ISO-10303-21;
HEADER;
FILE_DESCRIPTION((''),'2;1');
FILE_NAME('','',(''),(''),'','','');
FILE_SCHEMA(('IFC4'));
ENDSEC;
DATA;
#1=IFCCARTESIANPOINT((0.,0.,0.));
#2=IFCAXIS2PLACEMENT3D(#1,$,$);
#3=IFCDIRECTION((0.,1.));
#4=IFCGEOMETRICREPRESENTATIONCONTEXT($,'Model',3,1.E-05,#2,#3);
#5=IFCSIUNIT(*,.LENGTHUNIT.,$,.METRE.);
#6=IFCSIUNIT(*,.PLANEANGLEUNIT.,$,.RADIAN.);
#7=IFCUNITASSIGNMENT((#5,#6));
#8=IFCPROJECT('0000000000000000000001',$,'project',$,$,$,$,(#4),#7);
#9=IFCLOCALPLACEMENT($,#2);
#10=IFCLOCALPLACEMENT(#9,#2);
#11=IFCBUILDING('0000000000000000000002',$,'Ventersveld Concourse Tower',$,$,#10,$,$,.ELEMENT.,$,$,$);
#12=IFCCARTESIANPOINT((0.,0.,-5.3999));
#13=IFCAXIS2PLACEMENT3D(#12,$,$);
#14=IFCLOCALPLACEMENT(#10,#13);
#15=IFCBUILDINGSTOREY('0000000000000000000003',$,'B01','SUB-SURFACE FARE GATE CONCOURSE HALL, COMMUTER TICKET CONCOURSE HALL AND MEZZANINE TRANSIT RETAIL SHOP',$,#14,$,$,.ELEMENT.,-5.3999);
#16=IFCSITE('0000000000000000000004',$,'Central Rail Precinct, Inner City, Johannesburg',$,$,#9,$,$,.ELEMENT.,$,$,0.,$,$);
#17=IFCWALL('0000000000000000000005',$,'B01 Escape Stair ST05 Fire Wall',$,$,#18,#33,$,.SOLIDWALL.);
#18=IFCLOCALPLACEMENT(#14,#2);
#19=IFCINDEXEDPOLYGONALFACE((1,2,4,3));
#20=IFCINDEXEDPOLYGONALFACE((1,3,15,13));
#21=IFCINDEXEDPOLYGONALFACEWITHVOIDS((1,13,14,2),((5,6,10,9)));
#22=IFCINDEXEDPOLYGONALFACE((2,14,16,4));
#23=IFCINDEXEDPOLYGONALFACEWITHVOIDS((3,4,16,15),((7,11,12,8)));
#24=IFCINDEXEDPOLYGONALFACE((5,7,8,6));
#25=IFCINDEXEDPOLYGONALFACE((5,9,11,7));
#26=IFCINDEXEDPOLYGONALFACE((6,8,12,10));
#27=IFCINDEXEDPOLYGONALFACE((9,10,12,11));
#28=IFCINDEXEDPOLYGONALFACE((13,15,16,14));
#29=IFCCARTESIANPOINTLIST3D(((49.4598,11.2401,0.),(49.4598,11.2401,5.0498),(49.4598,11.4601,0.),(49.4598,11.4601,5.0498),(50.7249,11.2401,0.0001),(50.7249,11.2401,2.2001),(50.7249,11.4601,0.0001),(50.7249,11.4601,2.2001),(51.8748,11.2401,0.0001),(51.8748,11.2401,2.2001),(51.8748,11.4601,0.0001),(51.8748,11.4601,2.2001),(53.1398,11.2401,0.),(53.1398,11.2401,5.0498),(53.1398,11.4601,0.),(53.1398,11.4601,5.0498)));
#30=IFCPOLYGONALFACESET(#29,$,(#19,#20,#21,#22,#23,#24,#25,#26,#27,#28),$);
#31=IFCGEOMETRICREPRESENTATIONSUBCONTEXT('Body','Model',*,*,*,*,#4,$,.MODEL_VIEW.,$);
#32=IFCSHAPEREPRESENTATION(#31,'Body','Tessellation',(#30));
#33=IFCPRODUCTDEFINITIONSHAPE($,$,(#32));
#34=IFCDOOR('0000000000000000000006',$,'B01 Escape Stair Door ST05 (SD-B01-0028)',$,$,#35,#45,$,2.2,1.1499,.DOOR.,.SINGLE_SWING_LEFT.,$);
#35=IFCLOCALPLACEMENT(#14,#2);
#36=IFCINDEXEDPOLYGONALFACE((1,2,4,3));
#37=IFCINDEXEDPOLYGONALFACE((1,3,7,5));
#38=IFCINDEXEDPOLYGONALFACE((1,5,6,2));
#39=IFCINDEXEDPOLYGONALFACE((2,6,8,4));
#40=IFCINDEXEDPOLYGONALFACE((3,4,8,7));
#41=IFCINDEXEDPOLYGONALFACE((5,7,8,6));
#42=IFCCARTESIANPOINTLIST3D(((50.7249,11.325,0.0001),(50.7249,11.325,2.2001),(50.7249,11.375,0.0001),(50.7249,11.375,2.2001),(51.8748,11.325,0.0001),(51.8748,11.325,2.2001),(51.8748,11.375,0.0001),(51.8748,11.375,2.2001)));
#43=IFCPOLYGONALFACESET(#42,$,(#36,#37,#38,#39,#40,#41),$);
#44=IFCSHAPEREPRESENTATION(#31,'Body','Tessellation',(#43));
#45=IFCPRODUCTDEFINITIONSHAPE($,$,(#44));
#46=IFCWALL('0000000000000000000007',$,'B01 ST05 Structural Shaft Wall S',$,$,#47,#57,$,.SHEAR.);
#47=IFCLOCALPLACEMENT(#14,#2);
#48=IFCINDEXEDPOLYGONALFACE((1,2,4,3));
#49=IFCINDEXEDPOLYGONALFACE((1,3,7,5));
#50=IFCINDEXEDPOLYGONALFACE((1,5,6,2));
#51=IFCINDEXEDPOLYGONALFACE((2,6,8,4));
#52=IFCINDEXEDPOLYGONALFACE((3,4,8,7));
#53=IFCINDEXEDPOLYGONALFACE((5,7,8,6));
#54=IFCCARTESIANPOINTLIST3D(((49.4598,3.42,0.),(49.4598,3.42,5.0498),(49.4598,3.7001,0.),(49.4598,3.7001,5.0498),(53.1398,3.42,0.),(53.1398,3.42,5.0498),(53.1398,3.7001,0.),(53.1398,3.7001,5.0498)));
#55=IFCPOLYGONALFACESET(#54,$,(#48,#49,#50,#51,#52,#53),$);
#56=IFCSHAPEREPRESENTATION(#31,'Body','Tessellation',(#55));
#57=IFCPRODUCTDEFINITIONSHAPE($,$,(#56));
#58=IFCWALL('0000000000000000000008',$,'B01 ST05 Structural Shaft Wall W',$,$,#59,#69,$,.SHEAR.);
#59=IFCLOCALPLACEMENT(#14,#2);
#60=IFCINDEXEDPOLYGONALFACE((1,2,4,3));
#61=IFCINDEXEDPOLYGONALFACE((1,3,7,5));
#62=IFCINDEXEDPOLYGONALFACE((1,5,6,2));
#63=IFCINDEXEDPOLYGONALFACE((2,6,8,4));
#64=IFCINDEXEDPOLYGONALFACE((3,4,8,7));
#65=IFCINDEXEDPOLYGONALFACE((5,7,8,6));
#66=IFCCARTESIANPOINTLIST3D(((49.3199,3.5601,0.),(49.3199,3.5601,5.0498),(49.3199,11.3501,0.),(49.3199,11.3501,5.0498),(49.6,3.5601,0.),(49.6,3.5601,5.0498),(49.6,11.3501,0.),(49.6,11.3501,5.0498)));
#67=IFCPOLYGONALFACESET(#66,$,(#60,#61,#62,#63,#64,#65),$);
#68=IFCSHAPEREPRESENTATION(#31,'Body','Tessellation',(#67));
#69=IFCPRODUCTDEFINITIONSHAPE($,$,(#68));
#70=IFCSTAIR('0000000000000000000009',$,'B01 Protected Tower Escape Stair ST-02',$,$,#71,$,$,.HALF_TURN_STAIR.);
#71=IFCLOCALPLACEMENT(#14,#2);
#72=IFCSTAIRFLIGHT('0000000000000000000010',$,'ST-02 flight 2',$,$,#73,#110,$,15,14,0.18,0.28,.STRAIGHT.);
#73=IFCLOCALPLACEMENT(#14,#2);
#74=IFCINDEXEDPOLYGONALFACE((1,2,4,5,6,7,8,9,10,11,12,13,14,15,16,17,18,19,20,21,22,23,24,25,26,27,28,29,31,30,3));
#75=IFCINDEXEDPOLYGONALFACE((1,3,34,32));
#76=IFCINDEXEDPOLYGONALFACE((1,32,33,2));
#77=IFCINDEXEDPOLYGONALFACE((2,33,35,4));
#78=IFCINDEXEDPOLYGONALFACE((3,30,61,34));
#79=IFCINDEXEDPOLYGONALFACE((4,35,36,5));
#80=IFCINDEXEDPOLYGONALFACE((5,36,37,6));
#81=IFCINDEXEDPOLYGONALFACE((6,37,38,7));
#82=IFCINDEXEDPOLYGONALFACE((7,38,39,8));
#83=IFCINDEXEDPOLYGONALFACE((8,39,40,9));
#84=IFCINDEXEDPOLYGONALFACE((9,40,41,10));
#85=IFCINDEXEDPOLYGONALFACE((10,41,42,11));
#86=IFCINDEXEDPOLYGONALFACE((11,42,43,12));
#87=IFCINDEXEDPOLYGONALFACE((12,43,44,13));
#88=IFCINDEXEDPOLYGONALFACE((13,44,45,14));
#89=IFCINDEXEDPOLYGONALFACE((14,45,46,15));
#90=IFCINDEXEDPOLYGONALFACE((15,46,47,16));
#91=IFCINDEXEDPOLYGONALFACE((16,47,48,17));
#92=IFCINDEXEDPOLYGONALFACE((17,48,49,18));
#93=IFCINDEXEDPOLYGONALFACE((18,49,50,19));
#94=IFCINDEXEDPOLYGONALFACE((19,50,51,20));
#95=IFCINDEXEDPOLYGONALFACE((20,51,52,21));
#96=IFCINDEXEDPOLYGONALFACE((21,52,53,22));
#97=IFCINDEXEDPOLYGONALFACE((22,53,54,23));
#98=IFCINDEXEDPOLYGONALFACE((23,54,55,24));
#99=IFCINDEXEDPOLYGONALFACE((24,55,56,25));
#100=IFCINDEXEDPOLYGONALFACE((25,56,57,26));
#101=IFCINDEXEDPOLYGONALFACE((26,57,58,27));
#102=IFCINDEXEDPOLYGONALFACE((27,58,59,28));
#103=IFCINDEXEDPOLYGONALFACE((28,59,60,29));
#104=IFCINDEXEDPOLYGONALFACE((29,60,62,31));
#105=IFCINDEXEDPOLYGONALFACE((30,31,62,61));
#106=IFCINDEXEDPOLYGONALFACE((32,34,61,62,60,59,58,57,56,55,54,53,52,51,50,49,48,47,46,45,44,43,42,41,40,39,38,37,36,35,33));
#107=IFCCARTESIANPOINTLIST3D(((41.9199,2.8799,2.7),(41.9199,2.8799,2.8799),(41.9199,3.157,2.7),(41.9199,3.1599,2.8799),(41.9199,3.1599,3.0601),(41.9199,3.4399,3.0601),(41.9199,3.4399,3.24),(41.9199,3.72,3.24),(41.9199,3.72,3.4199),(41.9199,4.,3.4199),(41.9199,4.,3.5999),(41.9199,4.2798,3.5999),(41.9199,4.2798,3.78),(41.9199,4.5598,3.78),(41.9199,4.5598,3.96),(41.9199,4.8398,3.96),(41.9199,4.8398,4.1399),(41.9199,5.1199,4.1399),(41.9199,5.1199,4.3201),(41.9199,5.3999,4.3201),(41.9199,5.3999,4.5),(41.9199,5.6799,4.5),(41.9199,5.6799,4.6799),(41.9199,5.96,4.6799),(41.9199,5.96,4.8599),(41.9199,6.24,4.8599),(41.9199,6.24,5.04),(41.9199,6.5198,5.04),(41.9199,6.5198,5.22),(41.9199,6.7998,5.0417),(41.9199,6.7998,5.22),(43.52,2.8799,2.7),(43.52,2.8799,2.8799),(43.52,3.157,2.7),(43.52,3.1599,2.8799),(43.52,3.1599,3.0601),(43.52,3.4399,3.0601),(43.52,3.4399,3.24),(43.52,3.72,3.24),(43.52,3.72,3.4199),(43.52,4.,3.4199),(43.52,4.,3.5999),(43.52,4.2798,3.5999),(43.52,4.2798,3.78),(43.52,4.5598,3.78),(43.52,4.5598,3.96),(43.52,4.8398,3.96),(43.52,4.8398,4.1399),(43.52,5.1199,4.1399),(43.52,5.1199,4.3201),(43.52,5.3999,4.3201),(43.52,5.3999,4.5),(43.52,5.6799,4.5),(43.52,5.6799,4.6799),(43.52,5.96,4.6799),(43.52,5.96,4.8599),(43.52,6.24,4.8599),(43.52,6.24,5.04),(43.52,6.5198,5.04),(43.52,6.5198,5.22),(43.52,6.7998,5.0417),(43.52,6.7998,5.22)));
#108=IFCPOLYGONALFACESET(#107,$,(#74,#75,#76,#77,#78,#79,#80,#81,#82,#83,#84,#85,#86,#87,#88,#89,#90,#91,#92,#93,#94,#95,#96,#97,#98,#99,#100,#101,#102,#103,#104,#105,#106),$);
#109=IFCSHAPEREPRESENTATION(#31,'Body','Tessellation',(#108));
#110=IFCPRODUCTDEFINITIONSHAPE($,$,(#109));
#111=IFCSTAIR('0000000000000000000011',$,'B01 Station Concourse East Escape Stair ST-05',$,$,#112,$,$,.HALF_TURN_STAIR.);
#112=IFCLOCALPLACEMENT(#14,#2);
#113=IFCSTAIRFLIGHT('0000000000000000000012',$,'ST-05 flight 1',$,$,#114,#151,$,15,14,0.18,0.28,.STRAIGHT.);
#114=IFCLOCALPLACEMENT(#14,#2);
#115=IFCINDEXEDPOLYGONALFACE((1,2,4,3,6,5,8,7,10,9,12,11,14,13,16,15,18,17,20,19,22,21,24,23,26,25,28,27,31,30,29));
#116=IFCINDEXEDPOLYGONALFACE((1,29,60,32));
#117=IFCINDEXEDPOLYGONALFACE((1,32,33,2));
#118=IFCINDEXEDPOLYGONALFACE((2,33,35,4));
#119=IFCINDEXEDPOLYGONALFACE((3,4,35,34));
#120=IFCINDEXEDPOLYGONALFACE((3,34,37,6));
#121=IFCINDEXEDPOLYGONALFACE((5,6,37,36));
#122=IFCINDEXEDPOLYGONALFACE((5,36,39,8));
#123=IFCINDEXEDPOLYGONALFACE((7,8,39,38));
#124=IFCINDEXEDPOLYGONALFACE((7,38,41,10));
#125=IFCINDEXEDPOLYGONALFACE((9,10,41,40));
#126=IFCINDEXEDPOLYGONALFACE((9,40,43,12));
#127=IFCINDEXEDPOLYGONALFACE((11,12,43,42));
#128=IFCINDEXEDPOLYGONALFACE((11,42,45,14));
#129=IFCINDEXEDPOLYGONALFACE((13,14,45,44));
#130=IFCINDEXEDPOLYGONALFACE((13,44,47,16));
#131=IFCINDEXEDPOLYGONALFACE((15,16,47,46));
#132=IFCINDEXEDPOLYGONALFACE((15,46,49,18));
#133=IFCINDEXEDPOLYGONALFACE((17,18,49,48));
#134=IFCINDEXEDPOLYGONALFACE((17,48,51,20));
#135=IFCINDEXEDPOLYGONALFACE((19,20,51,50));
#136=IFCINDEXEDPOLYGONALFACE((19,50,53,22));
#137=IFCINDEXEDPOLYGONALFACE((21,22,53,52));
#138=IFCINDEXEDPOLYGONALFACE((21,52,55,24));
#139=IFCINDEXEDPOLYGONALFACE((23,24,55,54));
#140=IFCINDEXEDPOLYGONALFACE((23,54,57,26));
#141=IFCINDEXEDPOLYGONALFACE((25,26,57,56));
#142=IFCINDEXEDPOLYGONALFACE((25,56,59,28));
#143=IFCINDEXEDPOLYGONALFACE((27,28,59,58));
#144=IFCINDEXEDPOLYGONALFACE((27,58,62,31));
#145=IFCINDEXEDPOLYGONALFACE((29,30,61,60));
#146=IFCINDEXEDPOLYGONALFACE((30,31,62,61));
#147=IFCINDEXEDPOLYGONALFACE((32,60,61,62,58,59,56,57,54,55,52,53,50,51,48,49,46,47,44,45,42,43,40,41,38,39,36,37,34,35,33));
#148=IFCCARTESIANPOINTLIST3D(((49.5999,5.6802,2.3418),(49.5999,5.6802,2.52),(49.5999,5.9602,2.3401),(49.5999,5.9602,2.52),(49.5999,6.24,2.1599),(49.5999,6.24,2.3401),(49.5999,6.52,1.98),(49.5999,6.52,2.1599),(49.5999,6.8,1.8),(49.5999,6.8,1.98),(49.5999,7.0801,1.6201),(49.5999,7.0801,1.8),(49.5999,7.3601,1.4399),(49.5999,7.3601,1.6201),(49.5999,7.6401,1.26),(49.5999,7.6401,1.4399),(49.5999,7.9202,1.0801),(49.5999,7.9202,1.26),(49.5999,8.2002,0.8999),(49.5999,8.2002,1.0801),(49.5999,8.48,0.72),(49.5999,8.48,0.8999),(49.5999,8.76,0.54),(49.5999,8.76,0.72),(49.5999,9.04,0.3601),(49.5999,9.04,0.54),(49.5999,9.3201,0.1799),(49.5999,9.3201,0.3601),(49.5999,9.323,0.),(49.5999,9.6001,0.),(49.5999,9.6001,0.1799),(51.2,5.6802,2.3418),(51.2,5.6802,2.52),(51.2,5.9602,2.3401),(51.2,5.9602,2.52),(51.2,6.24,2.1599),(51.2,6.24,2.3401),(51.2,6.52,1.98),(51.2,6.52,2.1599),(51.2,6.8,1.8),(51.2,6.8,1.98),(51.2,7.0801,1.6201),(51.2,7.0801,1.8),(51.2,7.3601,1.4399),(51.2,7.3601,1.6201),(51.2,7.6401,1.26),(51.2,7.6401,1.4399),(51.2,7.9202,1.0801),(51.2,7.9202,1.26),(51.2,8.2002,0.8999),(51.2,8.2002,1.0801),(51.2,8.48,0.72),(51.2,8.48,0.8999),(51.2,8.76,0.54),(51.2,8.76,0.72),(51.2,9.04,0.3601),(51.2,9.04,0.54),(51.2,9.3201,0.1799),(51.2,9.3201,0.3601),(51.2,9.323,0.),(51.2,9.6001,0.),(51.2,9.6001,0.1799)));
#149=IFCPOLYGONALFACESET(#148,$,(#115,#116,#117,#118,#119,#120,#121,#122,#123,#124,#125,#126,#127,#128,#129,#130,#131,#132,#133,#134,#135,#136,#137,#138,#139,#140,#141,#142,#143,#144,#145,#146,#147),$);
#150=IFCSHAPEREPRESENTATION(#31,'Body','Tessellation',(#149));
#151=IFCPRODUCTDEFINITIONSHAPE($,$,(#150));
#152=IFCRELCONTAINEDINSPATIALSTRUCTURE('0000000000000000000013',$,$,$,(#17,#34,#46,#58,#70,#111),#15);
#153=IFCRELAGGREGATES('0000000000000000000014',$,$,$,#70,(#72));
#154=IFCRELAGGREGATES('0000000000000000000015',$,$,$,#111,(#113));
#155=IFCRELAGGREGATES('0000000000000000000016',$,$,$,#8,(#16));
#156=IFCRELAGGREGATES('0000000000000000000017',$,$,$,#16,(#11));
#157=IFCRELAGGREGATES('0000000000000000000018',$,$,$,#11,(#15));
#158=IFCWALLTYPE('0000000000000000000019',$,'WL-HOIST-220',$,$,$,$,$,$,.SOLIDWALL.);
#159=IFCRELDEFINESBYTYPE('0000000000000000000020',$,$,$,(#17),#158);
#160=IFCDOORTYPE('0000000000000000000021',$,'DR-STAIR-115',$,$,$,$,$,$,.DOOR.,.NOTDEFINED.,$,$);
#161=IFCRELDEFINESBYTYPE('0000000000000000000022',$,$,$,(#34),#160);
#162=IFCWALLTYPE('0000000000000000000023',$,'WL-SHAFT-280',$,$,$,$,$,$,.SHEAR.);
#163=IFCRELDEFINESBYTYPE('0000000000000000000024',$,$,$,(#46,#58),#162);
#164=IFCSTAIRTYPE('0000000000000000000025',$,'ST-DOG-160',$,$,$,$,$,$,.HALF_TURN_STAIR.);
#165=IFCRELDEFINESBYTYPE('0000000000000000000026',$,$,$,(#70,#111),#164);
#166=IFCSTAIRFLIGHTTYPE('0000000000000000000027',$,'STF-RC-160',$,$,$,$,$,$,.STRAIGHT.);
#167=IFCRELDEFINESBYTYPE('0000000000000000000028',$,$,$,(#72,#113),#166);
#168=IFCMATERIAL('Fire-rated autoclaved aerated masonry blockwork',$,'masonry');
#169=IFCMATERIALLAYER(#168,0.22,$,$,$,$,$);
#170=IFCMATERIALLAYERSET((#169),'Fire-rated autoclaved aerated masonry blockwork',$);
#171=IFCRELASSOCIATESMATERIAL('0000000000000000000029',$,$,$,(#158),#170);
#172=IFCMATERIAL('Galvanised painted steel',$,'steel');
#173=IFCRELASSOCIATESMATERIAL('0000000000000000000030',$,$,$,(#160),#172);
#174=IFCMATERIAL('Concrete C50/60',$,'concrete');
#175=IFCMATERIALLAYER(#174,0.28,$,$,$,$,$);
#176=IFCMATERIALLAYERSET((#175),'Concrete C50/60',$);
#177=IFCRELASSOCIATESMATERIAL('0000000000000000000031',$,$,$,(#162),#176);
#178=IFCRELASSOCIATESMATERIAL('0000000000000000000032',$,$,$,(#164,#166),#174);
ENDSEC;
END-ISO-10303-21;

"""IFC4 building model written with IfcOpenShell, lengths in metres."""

from ifc_helpers import new_model, si_unit, direction, frame, frame_2d, origin, place, context, subcontext, project, spatial, polyline, rectangle, outline, extrude, material, layer, layer_set, type_object, element, fill, aggregate, save


model = new_model("IFC4")

# Units and contexts
model_context = context("Model", 3, precision=1e-05, world=origin(), true_north=direction((0.0, 1.0)))
body_context = subcontext(model_context, "Body", "Model", "MODEL_VIEW")
ifc_project = project(units=[si_unit("LENGTHUNIT", "METRE"), si_unit("PLANEANGLEUNIT", "RADIAN")], contexts=[model_context])

# Site, building, storey
site_placement = place(None, origin())
site = spatial("IfcSite", under=ifc_project, at=site_placement, Name="Central Rail Precinct, Inner City, Johannesburg", CompositionType="ELEMENT", RefElevation=0.0)
building_placement = place(site_placement, origin())
building = spatial("IfcBuilding", under=site, at=building_placement, Name="Ventersveld Concourse Tower", CompositionType="ELEMENT")
storey_placement = place(building_placement, frame((0.0, 0.0, -5.3999)))
storey = spatial("IfcBuildingStorey", under=building, at=storey_placement, Name="B01", Description="SUB-SURFACE FARE GATE CONCOURSE HALL, COMMUTER TICKET CONCOURSE HALL AND MEZZANINE TRANSIT RETAIL SHOP", CompositionType="ELEMENT", Elevation=-5.3999)

# Shared definitions
ifc_material_1 = material(Name="Concrete C50/60", Category="concrete")

# Wall, opening, door
ifc_material_2 = material(Name="Fire-rated autoclaved aerated masonry blockwork", Category="masonry")
ifc_layer_1 = layer(ifc_material_2, 0.22)
ifc_layer_set_1 = layer_set([ifc_layer_1], Name="Fire-rated autoclaved aerated masonry blockwork")
wall_type_1 = type_object("IfcWallType", Name="WL-HOIST-220", PredefinedType="SOLIDWALL", material=ifc_layer_set_1)
wall_1_placement = place(storey_placement, frame((49.46, 11.3501, 0.0), z_axis=(0.0, 0.0, 1.0), x_axis=(1.0, 0.0, 0.0)))
wall_1 = element("IfcWall", 1, at=wall_1_placement, inside=storey, type_object=wall_type_1, Name="B01 Escape Stair ST05 Fire Wall", PredefinedType="SOLIDWALL", context=body_context, shape_type="SweptSolid", body=[
    extrude(rectangle(XDim=3.6799, YDim=0.22, at=frame_2d((1.8398, 0.0))), origin(), (0.0, 0.0, 1.0), 5.0498),
])
opening_placement = place(wall_1_placement, frame((1.2649, 0.0, 0.0)))
opening = element("IfcOpeningElement", 2, at=opening_placement, cuts=wall_1, PredefinedType="OPENING", context=body_context, shape_type="SweptSolid", body=[
    extrude(rectangle(XDim=1.1499, YDim=2.2, at=frame_2d((0.575, 1.1001))), frame((0.0, 0.1201, 0.0), z_axis=(0.0, -1.0, 0.0), x_axis=(1.0, 0.0, 0.0)), (0.0, 0.0, 1.0), 0.24),
])
ifc_material_3 = material(Name="Galvanised painted steel", Category="steel")
door_type = type_object("IfcDoorType", Name="DR-STAIR-115", OperationType="NOTDEFINED", PredefinedType="DOOR", material=ifc_material_3)
door_placement = place(opening_placement, origin())
door = element("IfcDoor", 3, at=door_placement, inside=storey, type_object=door_type, Name="B01 Escape Stair Door ST05 (SD-B01-0028)", OperationType="SINGLE_SWING_LEFT", OverallHeight=2.2, OverallWidth=1.1499, PredefinedType="DOOR", context=body_context, shape_type="SweptSolid", body=[
    extrude(rectangle(XDim=1.1499, YDim=2.2, at=frame_2d((0.575, 1.1001))), frame((0.0, 0.0249, 0.0), z_axis=(0.0, -1.0, 0.0), x_axis=(1.0, 0.0, 0.0)), (0.0, 0.0, 1.0), 0.05),
])
fill(opening, door)

# Walls
ifc_layer_2 = layer(ifc_material_1, 0.28)
ifc_layer_set_2 = layer_set([ifc_layer_2], Name="Concrete C50/60")
wall_type_2 = type_object("IfcWallType", Name="WL-SHAFT-280", PredefinedType="SHEAR", material=ifc_layer_set_2)
wall_2_placement = place(storey_placement, frame((49.46, 3.5601, 0.0), z_axis=(0.0, 0.0, 1.0), x_axis=(1.0, 0.0, 0.0)))
element("IfcWall", 4, at=wall_2_placement, inside=storey, type_object=wall_type_2, Name="B01 ST05 Structural Shaft Wall S", PredefinedType="SHEAR", context=body_context, shape_type="SweptSolid", body=[
    extrude(rectangle(XDim=3.6799, YDim=0.28, at=frame_2d((1.8398, 0.0))), origin(), (0.0, 0.0, 1.0), 5.0498),
])
wall_3_placement = place(storey_placement, frame((49.46, 3.5601, 0.0), z_axis=(0.0, 0.0, 1.0), x_axis=(0.0, 1.0, 0.0)))
element("IfcWall", 5, at=wall_3_placement, inside=storey, type_object=wall_type_2, Name="B01 ST05 Structural Shaft Wall W", PredefinedType="SHEAR", context=body_context, shape_type="SweptSolid", body=[
    extrude(rectangle(XDim=7.79, YDim=0.28, at=frame_2d((3.895, 0.0))), origin(), (0.0, 0.0, 1.0), 5.0498),
])

# Stairs, stair flights
stair_type = type_object("IfcStairType", Name="ST-DOG-160", PredefinedType="HALF_TURN_STAIR", material=ifc_material_1)
stair_1_placement = place(storey_placement, origin())
stair_1 = element("IfcStair", 6, at=stair_1_placement, inside=storey, type_object=stair_type, Name="B01 Protected Tower Escape Stair ST-02", PredefinedType="HALF_TURN_STAIR")
stair_flight_type = type_object("IfcStairFlightType", Name="STF-RC-160", PredefinedType="STRAIGHT", material=ifc_material_1)
stair_flight_1_placement = place(storey_placement, frame((42.72, 2.8799, 2.7), z_axis=(0.0, 0.0, 1.0), x_axis=(0.0, 1.0, 0.0)))
stair_flight_1 = element("IfcStairFlight", 7, at=stair_flight_1_placement, type_object=stair_flight_type, Name="ST-02 flight 2", NumberOfRisers=15, NumberOfTreads=14, PredefinedType="STRAIGHT", RiserHeight=0.18, TreadLength=0.28, context=body_context, shape_type="SweptSolid", body=[
    extrude(outline(polyline([(0.0, 0.0), (0.0, 0.1799), (0.28, 0.1799), (0.28, 0.3601), (0.5601, 0.3601), (0.5601, 0.54), (0.8401, 0.54), (0.8401, 0.72), (1.1201, 0.72), (1.1201, 0.8999), (1.3999, 0.8999), (1.3999, 1.0801), (1.6799, 1.0801), (1.6799, 1.26), (1.96, 1.26), (1.96, 1.4399), (2.24, 1.4399), (2.24, 1.6201), (2.52, 1.6201), (2.52, 1.8), (2.8, 1.8), (2.8, 1.98), (3.0801, 1.98), (3.0801, 2.1599), (3.3601, 2.1599), (3.3601, 2.3401), (3.6399, 2.3401), (3.6399, 2.52), (3.9199, 2.52), (3.9199, 2.7), (3.9199, 2.3418), (0.2771, 0.0), (0.0, 0.0)])), frame((0.0, 0.8, 0.0), z_axis=(0.0, -1.0, 0.0), x_axis=(1.0, 0.0, 0.0)), (0.0, 0.0, 1.0), 1.6001),
])
aggregate(stair_1, [stair_flight_1])
stair_2_placement = place(storey_placement, origin())
stair_2 = element("IfcStair", 8, at=stair_2_placement, inside=storey, type_object=stair_type, Name="B01 Station Concourse East Escape Stair ST-05", PredefinedType="HALF_TURN_STAIR")
stair_flight_2_placement = place(storey_placement, frame((50.3999, 9.6001, 0.0), z_axis=(0.0, 0.0, 1.0), x_axis=(0.0, -1.0, 0.0)))
stair_flight_2 = element("IfcStairFlight", 9, at=stair_flight_2_placement, type_object=stair_flight_type, Name="ST-05 flight 1", NumberOfRisers=15, NumberOfTreads=14, PredefinedType="STRAIGHT", RiserHeight=0.18, TreadLength=0.28, context=body_context, shape_type="SweptSolid", body=[
    extrude(outline(polyline([(0.0, 0.0), (0.0, 0.1799), (0.28, 0.1799), (0.28, 0.3601), (0.5601, 0.3601), (0.5601, 0.54), (0.8401, 0.54), (0.8401, 0.72), (1.1201, 0.72), (1.1201, 0.8999), (1.3999, 0.8999), (1.3999, 1.0801), (1.6799, 1.0801), (1.6799, 1.26), (1.96, 1.26), (1.96, 1.4399), (2.24, 1.4399), (2.24, 1.6201), (2.52, 1.6201), (2.52, 1.8), (2.8, 1.8), (2.8, 1.98), (3.0801, 1.98), (3.0801, 2.1599), (3.3601, 2.1599), (3.3601, 2.3401), (3.6399, 2.3401), (3.6399, 2.52), (3.9199, 2.52), (3.9199, 2.7), (3.9199, 2.3418), (0.2771, 0.0), (0.0, 0.0)])), frame((0.0, 0.8, 0.0), z_axis=(0.0, -1.0, 0.0), x_axis=(1.0, 0.0, 0.0)), (0.0, 0.0, 1.0), 1.6001),
])
aggregate(stair_2, [stair_flight_2])

save(model, "model.ifc")
